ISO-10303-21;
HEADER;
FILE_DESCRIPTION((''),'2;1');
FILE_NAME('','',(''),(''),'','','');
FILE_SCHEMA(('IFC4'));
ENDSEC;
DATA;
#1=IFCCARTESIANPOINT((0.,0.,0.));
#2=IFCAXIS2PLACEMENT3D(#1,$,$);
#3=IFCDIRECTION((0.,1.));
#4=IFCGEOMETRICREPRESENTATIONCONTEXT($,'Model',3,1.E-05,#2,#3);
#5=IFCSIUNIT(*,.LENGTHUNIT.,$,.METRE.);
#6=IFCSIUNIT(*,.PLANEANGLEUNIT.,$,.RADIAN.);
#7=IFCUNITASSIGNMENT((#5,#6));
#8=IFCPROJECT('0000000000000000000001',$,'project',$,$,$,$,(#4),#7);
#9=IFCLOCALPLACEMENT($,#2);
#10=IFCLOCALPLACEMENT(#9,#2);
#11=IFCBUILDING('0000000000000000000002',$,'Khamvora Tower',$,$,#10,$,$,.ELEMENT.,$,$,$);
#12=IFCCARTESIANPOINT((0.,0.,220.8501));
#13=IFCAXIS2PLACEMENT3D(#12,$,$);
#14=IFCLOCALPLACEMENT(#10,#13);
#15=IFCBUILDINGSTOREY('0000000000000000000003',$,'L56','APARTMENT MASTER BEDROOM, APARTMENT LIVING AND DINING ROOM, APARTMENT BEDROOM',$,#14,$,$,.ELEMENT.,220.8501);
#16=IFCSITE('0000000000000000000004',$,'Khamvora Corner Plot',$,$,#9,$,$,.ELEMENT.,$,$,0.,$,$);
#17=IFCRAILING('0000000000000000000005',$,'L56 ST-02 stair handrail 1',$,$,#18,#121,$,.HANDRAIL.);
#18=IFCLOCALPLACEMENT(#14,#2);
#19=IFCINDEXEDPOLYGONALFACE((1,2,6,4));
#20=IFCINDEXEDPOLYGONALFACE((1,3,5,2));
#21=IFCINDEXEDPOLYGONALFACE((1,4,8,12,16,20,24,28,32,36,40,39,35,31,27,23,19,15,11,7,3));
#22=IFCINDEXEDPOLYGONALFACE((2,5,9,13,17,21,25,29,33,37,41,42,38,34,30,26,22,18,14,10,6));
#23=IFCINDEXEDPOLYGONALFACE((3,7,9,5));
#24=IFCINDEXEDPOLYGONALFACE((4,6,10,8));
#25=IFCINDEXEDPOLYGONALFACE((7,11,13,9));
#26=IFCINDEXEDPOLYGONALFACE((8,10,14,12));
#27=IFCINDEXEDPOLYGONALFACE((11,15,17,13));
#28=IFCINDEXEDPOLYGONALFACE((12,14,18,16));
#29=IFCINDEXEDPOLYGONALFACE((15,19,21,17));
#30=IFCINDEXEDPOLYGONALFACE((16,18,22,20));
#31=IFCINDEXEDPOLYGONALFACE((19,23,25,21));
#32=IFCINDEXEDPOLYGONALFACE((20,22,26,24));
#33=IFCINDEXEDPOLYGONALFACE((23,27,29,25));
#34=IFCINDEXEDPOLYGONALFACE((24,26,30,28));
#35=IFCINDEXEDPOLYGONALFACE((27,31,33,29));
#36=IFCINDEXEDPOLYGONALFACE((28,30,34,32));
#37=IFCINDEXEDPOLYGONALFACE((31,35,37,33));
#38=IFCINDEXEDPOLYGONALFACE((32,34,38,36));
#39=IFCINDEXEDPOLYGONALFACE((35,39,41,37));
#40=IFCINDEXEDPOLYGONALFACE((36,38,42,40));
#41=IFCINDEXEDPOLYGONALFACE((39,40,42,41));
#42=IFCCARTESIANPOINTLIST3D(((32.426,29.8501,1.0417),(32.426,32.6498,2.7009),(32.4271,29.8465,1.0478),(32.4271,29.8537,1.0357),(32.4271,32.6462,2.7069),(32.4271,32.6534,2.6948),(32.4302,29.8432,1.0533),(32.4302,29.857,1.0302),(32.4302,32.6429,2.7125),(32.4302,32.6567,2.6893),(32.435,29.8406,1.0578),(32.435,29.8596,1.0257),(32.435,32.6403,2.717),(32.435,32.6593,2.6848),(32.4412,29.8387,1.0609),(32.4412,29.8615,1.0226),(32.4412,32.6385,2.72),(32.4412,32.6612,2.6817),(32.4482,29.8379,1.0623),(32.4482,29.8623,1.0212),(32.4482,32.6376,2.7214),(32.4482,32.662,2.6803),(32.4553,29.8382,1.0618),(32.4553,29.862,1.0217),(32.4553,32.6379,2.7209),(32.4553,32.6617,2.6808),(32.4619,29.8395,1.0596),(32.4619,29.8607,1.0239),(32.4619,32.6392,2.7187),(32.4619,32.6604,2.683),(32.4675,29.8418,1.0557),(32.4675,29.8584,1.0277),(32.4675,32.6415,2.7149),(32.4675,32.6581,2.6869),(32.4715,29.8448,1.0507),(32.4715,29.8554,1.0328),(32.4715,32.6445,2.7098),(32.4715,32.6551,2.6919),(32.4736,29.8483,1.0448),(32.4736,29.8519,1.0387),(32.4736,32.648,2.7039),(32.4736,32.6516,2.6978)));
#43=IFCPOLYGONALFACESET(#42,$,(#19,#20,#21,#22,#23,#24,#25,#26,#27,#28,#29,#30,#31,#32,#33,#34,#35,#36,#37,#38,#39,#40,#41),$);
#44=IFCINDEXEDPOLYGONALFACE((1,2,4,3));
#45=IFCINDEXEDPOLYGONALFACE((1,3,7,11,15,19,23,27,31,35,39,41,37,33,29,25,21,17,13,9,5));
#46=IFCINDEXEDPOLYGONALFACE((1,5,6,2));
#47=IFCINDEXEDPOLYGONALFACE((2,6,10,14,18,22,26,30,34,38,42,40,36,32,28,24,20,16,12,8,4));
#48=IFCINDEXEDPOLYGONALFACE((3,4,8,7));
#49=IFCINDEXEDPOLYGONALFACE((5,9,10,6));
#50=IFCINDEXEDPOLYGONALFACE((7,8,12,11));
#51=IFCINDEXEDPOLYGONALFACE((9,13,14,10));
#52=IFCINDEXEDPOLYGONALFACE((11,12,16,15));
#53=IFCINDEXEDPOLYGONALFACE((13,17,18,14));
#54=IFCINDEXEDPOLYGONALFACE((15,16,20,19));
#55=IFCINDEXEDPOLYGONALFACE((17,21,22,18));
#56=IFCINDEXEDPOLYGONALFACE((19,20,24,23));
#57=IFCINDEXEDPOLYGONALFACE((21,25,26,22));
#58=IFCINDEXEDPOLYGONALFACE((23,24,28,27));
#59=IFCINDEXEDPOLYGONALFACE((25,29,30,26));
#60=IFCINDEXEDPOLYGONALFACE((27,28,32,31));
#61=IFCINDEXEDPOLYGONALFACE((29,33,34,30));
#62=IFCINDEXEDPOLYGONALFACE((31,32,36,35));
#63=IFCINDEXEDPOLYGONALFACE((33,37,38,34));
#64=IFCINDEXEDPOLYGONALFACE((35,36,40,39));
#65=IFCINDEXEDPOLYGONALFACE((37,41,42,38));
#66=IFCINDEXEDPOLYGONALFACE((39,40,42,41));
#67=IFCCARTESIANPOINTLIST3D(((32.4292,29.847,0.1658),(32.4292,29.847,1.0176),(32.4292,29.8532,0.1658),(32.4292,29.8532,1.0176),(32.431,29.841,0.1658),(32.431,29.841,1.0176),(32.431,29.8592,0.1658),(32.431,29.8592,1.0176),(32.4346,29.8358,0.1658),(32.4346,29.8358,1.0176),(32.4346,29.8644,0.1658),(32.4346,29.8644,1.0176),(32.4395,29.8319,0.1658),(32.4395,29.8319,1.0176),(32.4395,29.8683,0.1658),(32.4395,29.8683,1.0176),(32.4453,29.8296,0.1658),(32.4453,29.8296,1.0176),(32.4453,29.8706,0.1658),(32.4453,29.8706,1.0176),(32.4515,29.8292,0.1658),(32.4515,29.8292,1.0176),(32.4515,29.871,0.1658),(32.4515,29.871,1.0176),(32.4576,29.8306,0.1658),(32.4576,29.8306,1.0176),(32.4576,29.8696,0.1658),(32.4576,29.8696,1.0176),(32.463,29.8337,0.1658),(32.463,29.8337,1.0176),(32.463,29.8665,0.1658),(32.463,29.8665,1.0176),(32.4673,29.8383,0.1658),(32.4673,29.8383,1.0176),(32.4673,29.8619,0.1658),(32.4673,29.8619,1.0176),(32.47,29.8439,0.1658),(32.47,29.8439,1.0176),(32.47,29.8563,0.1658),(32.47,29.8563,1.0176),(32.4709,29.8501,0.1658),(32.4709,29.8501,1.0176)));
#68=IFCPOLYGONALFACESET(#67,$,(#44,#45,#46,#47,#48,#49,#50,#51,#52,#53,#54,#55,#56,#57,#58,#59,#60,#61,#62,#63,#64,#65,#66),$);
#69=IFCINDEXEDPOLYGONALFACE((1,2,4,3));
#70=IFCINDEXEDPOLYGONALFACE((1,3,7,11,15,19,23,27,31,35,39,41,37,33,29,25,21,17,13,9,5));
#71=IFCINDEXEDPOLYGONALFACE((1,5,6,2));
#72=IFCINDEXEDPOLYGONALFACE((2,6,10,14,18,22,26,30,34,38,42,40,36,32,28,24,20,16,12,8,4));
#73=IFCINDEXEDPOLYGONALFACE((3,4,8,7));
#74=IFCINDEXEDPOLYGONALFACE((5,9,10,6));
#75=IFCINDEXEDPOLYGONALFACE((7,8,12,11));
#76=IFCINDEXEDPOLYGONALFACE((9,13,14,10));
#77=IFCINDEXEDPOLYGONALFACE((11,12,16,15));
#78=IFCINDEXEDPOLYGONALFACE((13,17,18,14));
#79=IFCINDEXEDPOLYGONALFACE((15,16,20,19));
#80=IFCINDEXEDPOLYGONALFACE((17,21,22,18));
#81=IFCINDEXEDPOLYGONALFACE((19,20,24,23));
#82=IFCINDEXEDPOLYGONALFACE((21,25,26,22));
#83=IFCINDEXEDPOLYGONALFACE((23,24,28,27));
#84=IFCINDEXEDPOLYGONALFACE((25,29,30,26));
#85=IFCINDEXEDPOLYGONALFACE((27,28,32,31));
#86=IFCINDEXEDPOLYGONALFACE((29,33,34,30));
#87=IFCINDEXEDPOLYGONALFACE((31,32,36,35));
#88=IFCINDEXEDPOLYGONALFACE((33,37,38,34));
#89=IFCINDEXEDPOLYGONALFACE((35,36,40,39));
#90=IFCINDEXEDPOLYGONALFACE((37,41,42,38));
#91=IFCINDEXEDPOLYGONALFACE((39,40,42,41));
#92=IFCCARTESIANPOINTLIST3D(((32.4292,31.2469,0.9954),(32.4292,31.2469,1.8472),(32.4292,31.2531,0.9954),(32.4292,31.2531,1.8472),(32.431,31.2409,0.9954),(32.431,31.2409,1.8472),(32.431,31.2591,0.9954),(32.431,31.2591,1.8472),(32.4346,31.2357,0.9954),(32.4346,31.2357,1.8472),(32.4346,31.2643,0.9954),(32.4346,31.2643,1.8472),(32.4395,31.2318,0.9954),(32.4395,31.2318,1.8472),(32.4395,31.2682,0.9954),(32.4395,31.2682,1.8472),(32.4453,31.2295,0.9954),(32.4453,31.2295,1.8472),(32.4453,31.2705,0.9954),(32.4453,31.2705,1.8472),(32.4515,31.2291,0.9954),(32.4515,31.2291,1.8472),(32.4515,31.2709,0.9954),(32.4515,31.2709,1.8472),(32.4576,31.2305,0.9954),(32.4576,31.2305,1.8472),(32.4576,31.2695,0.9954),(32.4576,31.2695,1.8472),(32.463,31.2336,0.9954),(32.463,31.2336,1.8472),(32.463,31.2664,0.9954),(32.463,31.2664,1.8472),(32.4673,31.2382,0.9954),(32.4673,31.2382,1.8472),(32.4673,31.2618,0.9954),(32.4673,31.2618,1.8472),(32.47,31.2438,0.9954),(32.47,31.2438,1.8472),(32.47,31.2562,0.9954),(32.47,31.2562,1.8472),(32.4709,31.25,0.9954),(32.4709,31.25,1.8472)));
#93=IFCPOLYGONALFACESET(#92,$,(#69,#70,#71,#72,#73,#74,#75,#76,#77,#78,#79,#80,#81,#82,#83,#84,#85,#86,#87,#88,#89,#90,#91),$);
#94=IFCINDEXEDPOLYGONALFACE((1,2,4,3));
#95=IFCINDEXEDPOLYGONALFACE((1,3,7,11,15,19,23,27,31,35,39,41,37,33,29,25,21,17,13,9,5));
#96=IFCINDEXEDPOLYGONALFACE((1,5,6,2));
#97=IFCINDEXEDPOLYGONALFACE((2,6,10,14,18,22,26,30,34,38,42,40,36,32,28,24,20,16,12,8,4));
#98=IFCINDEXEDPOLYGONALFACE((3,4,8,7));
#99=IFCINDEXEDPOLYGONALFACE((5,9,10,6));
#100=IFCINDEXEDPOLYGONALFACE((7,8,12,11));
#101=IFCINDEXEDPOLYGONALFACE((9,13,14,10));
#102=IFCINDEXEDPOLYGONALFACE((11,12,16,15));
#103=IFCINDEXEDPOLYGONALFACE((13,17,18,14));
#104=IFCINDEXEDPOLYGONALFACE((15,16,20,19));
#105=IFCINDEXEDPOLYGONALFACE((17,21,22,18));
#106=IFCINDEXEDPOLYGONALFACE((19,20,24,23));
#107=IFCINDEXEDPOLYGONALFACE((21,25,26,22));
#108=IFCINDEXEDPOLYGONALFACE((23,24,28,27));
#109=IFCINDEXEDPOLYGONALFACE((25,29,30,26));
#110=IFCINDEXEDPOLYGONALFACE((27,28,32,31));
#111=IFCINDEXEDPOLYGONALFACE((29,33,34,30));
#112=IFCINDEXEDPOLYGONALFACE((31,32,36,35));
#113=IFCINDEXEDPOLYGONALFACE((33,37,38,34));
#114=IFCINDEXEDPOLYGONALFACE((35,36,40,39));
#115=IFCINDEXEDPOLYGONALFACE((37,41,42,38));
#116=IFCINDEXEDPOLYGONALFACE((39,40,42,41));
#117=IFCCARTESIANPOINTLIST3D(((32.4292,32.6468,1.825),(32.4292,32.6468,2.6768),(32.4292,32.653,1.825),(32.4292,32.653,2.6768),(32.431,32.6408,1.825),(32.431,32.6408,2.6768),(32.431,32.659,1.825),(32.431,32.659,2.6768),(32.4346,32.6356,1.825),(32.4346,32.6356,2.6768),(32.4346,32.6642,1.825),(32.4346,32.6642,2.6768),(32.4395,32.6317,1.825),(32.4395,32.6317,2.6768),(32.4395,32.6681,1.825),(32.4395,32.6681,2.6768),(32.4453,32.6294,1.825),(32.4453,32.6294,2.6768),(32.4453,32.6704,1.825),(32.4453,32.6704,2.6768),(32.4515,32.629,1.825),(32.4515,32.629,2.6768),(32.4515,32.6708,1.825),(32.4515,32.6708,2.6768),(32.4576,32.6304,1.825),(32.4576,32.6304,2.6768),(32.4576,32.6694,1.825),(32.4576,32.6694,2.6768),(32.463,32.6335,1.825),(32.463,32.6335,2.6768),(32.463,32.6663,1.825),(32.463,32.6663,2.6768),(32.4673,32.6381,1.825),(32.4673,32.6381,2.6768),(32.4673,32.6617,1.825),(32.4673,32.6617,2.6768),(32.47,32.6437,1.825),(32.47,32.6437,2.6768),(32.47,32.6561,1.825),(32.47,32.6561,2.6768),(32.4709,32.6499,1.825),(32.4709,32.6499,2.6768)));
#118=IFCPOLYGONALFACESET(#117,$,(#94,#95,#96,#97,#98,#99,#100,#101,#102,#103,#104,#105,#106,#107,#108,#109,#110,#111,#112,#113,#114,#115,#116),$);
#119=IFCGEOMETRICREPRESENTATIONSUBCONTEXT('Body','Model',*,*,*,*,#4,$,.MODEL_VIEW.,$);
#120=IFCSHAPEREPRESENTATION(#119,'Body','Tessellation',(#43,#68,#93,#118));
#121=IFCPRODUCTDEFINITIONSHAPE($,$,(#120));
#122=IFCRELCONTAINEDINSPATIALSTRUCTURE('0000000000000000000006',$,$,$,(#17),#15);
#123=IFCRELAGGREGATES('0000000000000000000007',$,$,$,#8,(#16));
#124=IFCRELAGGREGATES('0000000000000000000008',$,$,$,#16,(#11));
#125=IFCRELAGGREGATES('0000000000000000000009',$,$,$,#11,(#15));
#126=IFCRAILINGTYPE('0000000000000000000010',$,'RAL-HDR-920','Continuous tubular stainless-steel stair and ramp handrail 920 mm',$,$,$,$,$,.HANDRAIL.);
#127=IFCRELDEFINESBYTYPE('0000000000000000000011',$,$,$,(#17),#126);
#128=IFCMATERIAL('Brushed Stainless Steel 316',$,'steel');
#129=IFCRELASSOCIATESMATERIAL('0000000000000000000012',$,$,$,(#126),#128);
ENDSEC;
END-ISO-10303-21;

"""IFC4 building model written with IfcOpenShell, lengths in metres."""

from ifc_helpers import new_model, si_unit, direction, frame, origin, origin_2d, place, context, subcontext, project, spatial, circle, extrude, material, type_object, element, save


model = new_model("IFC4")

# Units and contexts
model_context = context("Model", 3, precision=1e-05, world=origin(), true_north=direction((0.0, 1.0)))
body_context = subcontext(model_context, "Body", "Model", "MODEL_VIEW")
ifc_project = project(units=[si_unit("LENGTHUNIT", "METRE"), si_unit("PLANEANGLEUNIT", "RADIAN")], contexts=[model_context])

# Site, building, storey
site_placement = place(None, origin())
site = spatial("IfcSite", under=ifc_project, at=site_placement, Name="Khamvora Corner Plot", CompositionType="ELEMENT", RefElevation=0.0)
building_placement = place(site_placement, origin())
building = spatial("IfcBuilding", under=site, at=building_placement, Name="Khamvora Tower", CompositionType="ELEMENT")
storey_placement = place(building_placement, frame((0.0, 0.0, 220.8501)))
storey = spatial("IfcBuildingStorey", under=building, at=storey_placement, Name="L56", Description="APARTMENT MASTER BEDROOM, APARTMENT LIVING AND DINING ROOM, APARTMENT BEDROOM", CompositionType="ELEMENT", Elevation=220.8501)

# Railing
ifc_material_1 = material(Name="Brushed Stainless Steel 316", Category="steel")
railing_type_1 = type_object("IfcRailingType", Name="RAL-HDR-920", Description="Continuous tubular stainless-steel stair and ramp handrail 920 mm", PredefinedType="HANDRAIL", material=ifc_material_1)
railing_1_placement = place(storey_placement, frame((32.45, 29.8501, 0.1658)))
element("IfcRailing", 1, at=railing_1_placement, inside=storey, type_object=railing_type_1, Name="L56 ST-02 stair handrail 1", PredefinedType="HANDRAIL", context=body_context, shape_type="SweptSolid", body=[
    extrude(circle(Radius=0.0239, at=origin_2d()), frame((0.0, 0.0, 0.876), z_axis=(0.0, 0.860287, 0.509811), x_axis=(-1.0, 0.0, 0.0)), (0.0, 0.0, 1.0), 3.2544),
    extrude(circle(Radius=0.021, at=origin_2d()), origin(), (0.0, 0.0, 1.0), 0.8518),
    extrude(circle(Radius=0.021, at=origin_2d()), frame((0.0, 1.3999, 0.8296)), (0.0, 0.0, 1.0), 0.8518),
    extrude(circle(Radius=0.021, at=origin_2d()), frame((0.0, 2.7998, 1.6592)), (0.0, 0.0, 1.0), 0.8518),
])

save(model, "model.ifc")
